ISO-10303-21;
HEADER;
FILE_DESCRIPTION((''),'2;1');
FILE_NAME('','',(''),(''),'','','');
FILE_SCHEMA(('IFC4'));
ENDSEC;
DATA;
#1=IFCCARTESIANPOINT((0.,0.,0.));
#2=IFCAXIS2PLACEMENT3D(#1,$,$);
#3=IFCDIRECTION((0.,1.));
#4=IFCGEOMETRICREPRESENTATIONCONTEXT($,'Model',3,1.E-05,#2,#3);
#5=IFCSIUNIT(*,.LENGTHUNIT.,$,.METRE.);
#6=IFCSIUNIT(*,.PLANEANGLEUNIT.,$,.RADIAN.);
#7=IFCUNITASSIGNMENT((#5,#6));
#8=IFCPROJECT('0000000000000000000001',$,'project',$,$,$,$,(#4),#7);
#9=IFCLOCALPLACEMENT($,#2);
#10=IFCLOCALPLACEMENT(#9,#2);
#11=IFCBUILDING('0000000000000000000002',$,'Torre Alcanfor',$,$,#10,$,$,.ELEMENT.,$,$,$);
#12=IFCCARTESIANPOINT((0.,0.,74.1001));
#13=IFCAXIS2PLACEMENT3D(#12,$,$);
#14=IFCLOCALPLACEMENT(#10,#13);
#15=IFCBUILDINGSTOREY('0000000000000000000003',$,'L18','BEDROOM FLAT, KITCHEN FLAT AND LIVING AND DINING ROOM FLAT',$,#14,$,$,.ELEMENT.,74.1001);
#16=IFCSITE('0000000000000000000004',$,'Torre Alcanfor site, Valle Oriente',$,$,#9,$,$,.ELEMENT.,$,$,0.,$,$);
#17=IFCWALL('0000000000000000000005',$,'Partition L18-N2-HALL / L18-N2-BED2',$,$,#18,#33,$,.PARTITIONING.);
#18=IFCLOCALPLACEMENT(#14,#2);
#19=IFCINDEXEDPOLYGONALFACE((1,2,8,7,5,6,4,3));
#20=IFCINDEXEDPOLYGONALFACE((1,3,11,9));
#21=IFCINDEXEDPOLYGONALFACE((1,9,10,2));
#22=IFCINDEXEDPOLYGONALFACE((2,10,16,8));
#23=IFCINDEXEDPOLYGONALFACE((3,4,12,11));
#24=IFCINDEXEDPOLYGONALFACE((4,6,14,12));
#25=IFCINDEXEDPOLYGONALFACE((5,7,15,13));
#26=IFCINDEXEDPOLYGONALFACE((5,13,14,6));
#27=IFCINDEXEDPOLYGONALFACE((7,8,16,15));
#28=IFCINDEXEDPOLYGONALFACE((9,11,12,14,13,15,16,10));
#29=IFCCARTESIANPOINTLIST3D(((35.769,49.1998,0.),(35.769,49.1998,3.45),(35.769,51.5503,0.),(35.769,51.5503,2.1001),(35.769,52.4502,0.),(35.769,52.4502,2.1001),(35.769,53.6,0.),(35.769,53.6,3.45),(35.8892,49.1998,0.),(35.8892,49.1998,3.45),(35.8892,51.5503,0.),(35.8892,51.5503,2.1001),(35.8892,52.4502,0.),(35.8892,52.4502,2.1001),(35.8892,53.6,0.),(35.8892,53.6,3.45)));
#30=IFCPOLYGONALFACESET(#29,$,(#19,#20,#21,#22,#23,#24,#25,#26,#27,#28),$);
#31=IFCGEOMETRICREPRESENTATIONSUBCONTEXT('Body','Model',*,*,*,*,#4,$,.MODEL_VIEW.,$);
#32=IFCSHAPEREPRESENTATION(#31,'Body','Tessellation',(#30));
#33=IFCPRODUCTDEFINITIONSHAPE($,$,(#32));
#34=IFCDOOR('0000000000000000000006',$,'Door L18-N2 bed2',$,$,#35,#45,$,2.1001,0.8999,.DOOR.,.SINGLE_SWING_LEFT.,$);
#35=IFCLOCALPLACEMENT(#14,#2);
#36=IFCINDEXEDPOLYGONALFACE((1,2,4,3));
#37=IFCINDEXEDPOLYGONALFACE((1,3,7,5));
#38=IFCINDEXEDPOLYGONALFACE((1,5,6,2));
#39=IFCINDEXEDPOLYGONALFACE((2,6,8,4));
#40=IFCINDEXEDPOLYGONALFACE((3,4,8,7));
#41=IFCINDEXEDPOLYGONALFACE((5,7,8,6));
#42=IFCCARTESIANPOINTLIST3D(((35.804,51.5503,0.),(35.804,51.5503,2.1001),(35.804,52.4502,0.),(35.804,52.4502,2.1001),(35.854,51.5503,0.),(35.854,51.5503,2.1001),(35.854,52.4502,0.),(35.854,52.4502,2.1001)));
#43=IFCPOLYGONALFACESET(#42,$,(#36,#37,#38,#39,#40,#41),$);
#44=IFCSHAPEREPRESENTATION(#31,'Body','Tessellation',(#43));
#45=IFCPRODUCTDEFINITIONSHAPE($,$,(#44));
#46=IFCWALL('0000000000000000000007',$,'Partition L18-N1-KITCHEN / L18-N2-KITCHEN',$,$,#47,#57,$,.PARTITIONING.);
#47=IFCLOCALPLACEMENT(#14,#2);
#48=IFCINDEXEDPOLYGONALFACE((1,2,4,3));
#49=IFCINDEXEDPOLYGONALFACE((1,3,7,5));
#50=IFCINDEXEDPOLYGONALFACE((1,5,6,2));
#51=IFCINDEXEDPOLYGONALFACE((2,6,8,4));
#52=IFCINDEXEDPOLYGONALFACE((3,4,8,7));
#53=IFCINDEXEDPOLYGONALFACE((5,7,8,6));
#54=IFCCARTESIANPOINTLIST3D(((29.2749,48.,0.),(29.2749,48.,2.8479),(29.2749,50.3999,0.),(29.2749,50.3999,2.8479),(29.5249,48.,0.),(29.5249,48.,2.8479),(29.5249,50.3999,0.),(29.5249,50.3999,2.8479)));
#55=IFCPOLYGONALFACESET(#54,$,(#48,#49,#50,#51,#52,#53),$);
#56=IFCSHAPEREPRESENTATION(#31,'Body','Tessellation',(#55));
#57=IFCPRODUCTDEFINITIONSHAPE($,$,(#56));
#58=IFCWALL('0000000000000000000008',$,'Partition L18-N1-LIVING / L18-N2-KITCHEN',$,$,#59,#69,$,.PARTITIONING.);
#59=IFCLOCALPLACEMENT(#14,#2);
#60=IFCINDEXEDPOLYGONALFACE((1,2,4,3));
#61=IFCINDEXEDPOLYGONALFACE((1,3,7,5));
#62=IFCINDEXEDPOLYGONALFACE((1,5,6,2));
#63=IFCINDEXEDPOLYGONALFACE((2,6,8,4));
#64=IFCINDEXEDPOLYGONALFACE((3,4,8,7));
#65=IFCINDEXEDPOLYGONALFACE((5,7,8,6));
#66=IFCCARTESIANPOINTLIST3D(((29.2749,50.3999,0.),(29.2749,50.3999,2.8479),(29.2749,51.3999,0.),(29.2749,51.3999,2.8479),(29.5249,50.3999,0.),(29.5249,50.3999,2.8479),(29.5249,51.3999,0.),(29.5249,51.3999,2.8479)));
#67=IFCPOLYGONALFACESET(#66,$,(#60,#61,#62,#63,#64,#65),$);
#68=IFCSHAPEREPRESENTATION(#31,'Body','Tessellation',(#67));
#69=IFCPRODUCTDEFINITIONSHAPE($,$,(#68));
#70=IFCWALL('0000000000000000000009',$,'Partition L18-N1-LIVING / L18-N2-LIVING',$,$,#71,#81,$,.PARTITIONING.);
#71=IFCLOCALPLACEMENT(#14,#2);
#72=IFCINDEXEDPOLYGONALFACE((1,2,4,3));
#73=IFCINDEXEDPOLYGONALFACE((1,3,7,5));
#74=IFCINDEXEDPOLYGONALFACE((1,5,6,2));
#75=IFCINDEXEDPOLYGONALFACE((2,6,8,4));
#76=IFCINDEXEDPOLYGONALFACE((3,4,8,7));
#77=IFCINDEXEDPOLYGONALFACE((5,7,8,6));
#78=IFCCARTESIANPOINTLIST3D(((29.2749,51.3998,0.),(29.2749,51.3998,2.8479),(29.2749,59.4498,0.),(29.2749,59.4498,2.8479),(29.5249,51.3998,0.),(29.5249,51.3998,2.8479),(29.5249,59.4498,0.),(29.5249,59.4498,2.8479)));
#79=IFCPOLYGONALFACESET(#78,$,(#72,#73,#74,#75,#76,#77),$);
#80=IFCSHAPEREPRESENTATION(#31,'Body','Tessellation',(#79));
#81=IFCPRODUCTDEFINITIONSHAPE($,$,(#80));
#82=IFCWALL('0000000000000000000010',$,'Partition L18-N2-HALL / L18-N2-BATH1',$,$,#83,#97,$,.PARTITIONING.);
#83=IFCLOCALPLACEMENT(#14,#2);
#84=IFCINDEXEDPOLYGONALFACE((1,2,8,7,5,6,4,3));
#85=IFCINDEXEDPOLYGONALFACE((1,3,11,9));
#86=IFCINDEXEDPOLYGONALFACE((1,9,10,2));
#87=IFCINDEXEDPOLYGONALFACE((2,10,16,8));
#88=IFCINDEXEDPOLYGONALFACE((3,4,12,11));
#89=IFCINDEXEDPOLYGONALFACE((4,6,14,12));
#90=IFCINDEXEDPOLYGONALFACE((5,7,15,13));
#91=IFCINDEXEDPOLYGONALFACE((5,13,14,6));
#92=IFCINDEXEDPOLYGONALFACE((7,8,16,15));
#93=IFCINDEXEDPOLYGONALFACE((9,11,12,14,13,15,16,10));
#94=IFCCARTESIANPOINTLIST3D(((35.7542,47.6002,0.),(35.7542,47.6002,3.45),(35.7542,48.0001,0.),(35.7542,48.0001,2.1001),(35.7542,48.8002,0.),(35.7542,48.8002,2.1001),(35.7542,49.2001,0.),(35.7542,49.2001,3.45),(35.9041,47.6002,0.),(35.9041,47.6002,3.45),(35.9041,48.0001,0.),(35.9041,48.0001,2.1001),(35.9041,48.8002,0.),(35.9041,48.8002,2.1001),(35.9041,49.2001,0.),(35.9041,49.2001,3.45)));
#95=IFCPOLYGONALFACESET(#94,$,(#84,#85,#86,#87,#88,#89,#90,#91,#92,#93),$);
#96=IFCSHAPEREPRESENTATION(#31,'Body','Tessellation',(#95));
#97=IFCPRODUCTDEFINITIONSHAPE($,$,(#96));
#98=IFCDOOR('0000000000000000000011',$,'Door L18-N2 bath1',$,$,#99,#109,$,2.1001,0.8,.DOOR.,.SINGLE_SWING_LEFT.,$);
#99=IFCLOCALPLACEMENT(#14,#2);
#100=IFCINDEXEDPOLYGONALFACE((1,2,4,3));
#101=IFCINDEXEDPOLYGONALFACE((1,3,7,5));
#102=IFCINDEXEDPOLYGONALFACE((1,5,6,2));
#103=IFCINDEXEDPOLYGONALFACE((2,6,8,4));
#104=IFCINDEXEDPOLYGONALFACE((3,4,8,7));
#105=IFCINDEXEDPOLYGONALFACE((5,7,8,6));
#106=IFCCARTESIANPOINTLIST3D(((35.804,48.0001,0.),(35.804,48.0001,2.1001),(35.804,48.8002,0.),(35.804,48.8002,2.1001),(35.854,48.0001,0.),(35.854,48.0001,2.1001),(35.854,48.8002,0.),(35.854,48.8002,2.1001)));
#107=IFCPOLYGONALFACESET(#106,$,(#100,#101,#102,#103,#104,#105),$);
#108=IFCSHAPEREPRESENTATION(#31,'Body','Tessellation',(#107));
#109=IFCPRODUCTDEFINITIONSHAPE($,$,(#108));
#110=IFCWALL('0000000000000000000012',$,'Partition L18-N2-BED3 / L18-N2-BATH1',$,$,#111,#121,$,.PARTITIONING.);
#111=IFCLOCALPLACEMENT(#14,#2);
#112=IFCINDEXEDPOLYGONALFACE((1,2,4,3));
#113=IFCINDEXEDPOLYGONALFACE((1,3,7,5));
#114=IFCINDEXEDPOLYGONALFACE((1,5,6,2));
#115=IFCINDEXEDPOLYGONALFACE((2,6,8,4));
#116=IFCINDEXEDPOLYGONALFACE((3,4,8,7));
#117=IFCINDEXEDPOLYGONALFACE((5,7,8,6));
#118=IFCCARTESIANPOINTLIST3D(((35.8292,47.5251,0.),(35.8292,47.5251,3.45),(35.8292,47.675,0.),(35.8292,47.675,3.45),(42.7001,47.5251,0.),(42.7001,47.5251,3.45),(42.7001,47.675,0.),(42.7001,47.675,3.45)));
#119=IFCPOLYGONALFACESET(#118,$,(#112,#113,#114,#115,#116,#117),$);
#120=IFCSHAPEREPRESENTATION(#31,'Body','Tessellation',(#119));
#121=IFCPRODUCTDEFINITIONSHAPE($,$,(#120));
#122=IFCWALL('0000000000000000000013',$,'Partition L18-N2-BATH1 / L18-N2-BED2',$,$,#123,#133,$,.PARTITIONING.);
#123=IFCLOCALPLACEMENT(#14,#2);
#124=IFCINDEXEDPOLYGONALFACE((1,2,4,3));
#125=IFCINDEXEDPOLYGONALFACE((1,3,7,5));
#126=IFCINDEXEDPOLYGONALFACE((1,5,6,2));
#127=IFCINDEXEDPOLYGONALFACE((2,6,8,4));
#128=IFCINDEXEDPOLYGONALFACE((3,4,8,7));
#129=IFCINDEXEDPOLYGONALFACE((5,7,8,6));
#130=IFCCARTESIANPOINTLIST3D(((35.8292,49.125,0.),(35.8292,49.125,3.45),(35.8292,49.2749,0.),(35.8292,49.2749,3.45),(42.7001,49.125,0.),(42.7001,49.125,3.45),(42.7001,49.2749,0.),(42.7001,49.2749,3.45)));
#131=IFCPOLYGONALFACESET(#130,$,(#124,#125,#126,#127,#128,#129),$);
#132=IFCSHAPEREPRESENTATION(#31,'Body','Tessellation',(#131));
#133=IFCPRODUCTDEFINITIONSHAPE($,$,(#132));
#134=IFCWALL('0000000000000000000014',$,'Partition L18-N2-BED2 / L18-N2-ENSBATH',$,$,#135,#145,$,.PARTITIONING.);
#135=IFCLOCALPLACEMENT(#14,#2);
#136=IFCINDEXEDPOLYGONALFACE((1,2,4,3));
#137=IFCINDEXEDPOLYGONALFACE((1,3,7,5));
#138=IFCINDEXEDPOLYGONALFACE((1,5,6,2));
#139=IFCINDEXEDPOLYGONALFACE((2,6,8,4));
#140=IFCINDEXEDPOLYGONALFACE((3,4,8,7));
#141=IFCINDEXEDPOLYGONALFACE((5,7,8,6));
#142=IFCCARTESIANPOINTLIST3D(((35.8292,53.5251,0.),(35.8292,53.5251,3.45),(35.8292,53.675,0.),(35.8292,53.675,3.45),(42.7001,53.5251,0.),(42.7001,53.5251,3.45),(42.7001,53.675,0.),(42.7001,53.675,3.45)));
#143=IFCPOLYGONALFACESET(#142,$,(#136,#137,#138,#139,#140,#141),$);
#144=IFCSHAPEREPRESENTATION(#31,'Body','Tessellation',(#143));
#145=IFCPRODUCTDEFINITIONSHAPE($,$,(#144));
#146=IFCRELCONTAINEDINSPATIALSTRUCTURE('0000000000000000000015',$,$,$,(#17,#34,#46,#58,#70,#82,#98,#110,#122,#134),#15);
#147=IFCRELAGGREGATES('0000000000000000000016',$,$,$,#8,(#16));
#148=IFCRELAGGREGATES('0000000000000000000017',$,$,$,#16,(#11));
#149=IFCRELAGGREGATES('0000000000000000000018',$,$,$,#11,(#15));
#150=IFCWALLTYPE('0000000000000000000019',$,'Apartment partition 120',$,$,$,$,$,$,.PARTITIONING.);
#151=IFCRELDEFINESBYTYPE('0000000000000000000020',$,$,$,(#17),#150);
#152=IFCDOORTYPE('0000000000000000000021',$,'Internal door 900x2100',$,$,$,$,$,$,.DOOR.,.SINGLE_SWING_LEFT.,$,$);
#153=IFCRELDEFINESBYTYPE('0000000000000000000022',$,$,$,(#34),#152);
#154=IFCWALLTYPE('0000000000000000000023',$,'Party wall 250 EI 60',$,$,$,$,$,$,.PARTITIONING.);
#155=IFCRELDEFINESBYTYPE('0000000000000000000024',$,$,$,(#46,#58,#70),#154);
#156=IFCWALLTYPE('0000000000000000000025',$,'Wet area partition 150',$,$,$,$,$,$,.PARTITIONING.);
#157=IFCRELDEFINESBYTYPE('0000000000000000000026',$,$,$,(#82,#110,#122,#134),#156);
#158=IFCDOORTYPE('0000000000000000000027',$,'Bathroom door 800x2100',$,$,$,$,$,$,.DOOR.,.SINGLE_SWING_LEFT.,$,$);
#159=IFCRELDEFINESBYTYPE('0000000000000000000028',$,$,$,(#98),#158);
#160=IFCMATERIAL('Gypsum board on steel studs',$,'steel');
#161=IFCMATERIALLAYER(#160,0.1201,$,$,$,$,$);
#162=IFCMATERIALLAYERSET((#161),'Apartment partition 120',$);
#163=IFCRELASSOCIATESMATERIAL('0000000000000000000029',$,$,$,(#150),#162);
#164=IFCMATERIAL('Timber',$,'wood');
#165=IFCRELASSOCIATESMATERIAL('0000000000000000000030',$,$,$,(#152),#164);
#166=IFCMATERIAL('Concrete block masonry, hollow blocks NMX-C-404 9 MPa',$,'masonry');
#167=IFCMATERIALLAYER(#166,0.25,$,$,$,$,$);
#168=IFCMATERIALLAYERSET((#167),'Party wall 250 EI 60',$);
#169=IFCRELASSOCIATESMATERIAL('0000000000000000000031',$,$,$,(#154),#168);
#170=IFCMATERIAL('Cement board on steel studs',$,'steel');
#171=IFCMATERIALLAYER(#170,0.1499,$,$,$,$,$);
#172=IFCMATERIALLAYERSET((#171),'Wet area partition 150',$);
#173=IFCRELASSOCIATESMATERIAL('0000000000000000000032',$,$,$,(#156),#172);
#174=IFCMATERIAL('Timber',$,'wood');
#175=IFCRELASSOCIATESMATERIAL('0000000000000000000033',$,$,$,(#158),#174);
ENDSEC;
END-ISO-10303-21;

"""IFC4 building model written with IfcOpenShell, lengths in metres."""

from ifc_helpers import new_model, si_unit, direction, frame, frame_2d, origin, place, context, subcontext, project, spatial, rectangle, extrude, material, layer, layer_set, type_object, element, fill, save


model = new_model("IFC4")

# Units and contexts
model_context = context("Model", 3, precision=1e-05, world=origin(), true_north=direction((0.0, 1.0)))
body_context = subcontext(model_context, "Body", "Model", "MODEL_VIEW")
ifc_project = project(units=[si_unit("LENGTHUNIT", "METRE"), si_unit("PLANEANGLEUNIT", "RADIAN")], contexts=[model_context])

# Site, building, storey
site_placement = place(None, origin())
site = spatial("IfcSite", under=ifc_project, at=site_placement, Name="Torre Alcanfor site, Valle Oriente", CompositionType="ELEMENT", RefElevation=0.0)
building_placement = place(site_placement, origin())
building = spatial("IfcBuilding", under=site, at=building_placement, Name="Torre Alcanfor", CompositionType="ELEMENT")
storey_placement = place(building_placement, frame((0.0, 0.0, 74.1001)))
storey = spatial("IfcBuildingStorey", under=building, at=storey_placement, Name="L18", Description="BEDROOM FLAT, KITCHEN FLAT AND LIVING AND DINING ROOM FLAT", CompositionType="ELEMENT", Elevation=74.1001)

# Shared definitions
ifc_material_1 = material(Name="Gypsum board on steel studs", Category="steel")
ifc_layer_1 = layer(ifc_material_1, 0.1201)
ifc_layer_set_1 = layer_set([ifc_layer_1], Name="Apartment partition 120")
wall_type_1 = type_object("IfcWallType", Name="Apartment partition 120", PredefinedType="PARTITIONING", material=ifc_layer_set_1)

# Wall, opening, door
ifc_material_2 = material(Name="Timber", Category="wood")
door_type_1 = type_object("IfcDoorType", Name="Internal door 900x2100", OperationType="SINGLE_SWING_LEFT", PredefinedType="DOOR", material=ifc_material_2)
wall_1_placement = place(storey_placement, frame((35.8291, 53.6001, 0.0), z_axis=(0.0, 0.0, 1.0), x_axis=(0.0, -1.0, 0.0)))
wall_1 = element("IfcWall", 1, at=wall_1_placement, inside=storey, type_object=wall_type_1, Name="Partition L18-N2-HALL / L18-N2-BED2", PredefinedType="PARTITIONING", context=body_context, shape_type="SweptSolid", body=[
    extrude(rectangle(XDim=4.4001, YDim=0.1201, at=frame_2d((2.2002, 0.0))), origin(), (0.0, 0.0, 1.0), 3.45),
])
opening_1_placement = place(wall_1_placement, frame((1.1499, 0.0, 0.0)))
opening_1 = element("IfcOpeningElement", 2, at=opening_1_placement, cuts=wall_1, PredefinedType="OPENING", context=body_context, shape_type="SweptSolid", body=[
    extrude(rectangle(XDim=0.8999, YDim=2.1001, at=frame_2d((0.45, 1.05))), frame((0.0, 0.0701, 0.0), z_axis=(0.0, -1.0, 0.0), x_axis=(1.0, 0.0, 0.0)), (0.0, 0.0, 1.0), 0.1401),
])
door_1_placement = place(opening_1_placement, origin())
door_1 = element("IfcDoor", 3, at=door_1_placement, inside=storey, type_object=door_type_1, Name="Door L18-N2 bed2", OperationType="SINGLE_SWING_LEFT", OverallHeight=2.1001, OverallWidth=0.8999, PredefinedType="DOOR", context=body_context, shape_type="SweptSolid", body=[
    extrude(rectangle(XDim=0.8999, YDim=2.1001, at=frame_2d((0.45, 1.05))), frame((0.0, 0.0249, 0.0), z_axis=(0.0, -1.0, 0.0), x_axis=(1.0, 0.0, 0.0)), (0.0, 0.0, 1.0), 0.05),
])
fill(opening_1, door_1)

# Walls
ifc_material_3 = material(Name="Concrete block masonry, hollow blocks NMX-C-404 9 MPa", Category="masonry")
ifc_layer_2 = layer(ifc_material_3, 0.25)
ifc_layer_set_2 = layer_set([ifc_layer_2], Name="Party wall 250 EI 60")
wall_type_2 = type_object("IfcWallType", Name="Party wall 250 EI 60", PredefinedType="PARTITIONING", material=ifc_layer_set_2)
wall_2_placement = place(storey_placement, frame((29.3999, 48.0, 0.0), z_axis=(0.0, 0.0, 1.0), x_axis=(0.0, 1.0, 0.0)))
element("IfcWall", 4, at=wall_2_placement, inside=storey, type_object=wall_type_2, Name="Partition L18-N1-KITCHEN / L18-N2-KITCHEN", PredefinedType="PARTITIONING", context=body_context, shape_type="SweptSolid", body=[
    extrude(rectangle(XDim=2.3999, YDim=0.25, at=frame_2d((1.2, 0.0))), origin(), (0.0, 0.0, 1.0), 2.8479),
])
wall_3_placement = place(storey_placement, frame((29.3999, 50.3999, 0.0), z_axis=(0.0, 0.0, 1.0), x_axis=(0.0, 1.0, 0.0)))
element("IfcWall", 5, at=wall_3_placement, inside=storey, type_object=wall_type_2, Name="Partition L18-N1-LIVING / L18-N2-KITCHEN", PredefinedType="PARTITIONING", context=body_context, shape_type="SweptSolid", body=[
    extrude(rectangle(XDim=1.0, YDim=0.25, at=frame_2d((0.5, 0.0))), origin(), (0.0, 0.0, 1.0), 2.8479),
])
wall_4_placement = place(storey_placement, frame((29.3999, 51.3999, 0.0), z_axis=(0.0, 0.0, 1.0), x_axis=(0.0, 1.0, 0.0)))
element("IfcWall", 6, at=wall_4_placement, inside=storey, type_object=wall_type_2, Name="Partition L18-N1-LIVING / L18-N2-LIVING", PredefinedType="PARTITIONING", context=body_context, shape_type="SweptSolid", body=[
    extrude(rectangle(XDim=8.05, YDim=0.25, at=frame_2d((4.0249, 0.0))), origin(), (0.0, 0.0, 1.0), 2.8479),
])

# Wall, opening, door
ifc_material_4 = material(Name="Cement board on steel studs", Category="steel")
ifc_layer_3 = layer(ifc_material_4, 0.1499)
ifc_layer_set_3 = layer_set([ifc_layer_3], Name="Wet area partition 150")
wall_type_3 = type_object("IfcWallType", Name="Wet area partition 150", PredefinedType="PARTITIONING", material=ifc_layer_set_3)
wall_5_placement = place(storey_placement, frame((35.8291, 49.2, 0.0), z_axis=(0.0, 0.0, 1.0), x_axis=(0.0, -1.0, 0.0)))
wall_5 = element("IfcWall", 7, at=wall_5_placement, inside=storey, type_object=wall_type_3, Name="Partition L18-N2-HALL / L18-N2-BATH1", PredefinedType="PARTITIONING", context=body_context, shape_type="SweptSolid", body=[
    extrude(rectangle(XDim=1.5999, YDim=0.1499, at=frame_2d((0.7998, 0.0))), origin(), (0.0, 0.0, 1.0), 3.45),
])
opening_2_placement = place(wall_5_placement, frame((0.3999, 0.0, 0.0)))
opening_2 = element("IfcOpeningElement", 8, at=opening_2_placement, cuts=wall_5, PredefinedType="OPENING", context=body_context, shape_type="SweptSolid", body=[
    extrude(rectangle(XDim=0.8, YDim=2.1001, at=frame_2d((0.3999, 1.05))), frame((0.0, 0.085, 0.0), z_axis=(0.0, -1.0, 0.0), x_axis=(1.0, 0.0, 0.0)), (0.0, 0.0, 1.0), 0.1699),
])
ifc_material_5 = material(Name="Timber", Category="wood")
door_type_2 = type_object("IfcDoorType", Name="Bathroom door 800x2100", OperationType="SINGLE_SWING_LEFT", PredefinedType="DOOR", material=ifc_material_5)
door_2_placement = place(opening_2_placement, origin())
door_2 = element("IfcDoor", 9, at=door_2_placement, inside=storey, type_object=door_type_2, Name="Door L18-N2 bath1", OperationType="SINGLE_SWING_LEFT", OverallHeight=2.1001, OverallWidth=0.8, PredefinedType="DOOR", context=body_context, shape_type="SweptSolid", body=[
    extrude(rectangle(XDim=0.8, YDim=2.1001, at=frame_2d((0.3999, 1.05))), frame((0.0, 0.0249, 0.0), z_axis=(0.0, -1.0, 0.0), x_axis=(1.0, 0.0, 0.0)), (0.0, 0.0, 1.0), 0.05),
])
fill(opening_2, door_2)

# Walls
for number, where, z_axis, x_axis, name in (
    (10, (35.8291, 47.6001, 0.0), (0.0, 0.0, 1.0), (1.0, 0.0, 0.0), "Partition L18-N2-BED3 / L18-N2-BATH1"),
    (11, (35.8291, 49.2, 0.0), (0.0, 0.0, 1.0), (1.0, 0.0, 0.0), "Partition L18-N2-BATH1 / L18-N2-BED2"),
    (12, (35.8291, 53.6001, 0.0), (0.0, 0.0, 1.0), (1.0, 0.0, 0.0), "Partition L18-N2-BED2 / L18-N2-ENSBATH"),
):
    element("IfcWall", number, at=place(storey_placement, frame(where, z_axis=z_axis, x_axis=x_axis)), inside=storey, type_object=wall_type_3, Name=name, PredefinedType="PARTITIONING", context=body_context, shape_type="SweptSolid", body=[
        extrude(rectangle(XDim=6.8708, YDim=0.1499, at=frame_2d((3.4355, 0.0))), origin(), (0.0, 0.0, 1.0), 3.45),
    ])

save(model, "model.ifc")
